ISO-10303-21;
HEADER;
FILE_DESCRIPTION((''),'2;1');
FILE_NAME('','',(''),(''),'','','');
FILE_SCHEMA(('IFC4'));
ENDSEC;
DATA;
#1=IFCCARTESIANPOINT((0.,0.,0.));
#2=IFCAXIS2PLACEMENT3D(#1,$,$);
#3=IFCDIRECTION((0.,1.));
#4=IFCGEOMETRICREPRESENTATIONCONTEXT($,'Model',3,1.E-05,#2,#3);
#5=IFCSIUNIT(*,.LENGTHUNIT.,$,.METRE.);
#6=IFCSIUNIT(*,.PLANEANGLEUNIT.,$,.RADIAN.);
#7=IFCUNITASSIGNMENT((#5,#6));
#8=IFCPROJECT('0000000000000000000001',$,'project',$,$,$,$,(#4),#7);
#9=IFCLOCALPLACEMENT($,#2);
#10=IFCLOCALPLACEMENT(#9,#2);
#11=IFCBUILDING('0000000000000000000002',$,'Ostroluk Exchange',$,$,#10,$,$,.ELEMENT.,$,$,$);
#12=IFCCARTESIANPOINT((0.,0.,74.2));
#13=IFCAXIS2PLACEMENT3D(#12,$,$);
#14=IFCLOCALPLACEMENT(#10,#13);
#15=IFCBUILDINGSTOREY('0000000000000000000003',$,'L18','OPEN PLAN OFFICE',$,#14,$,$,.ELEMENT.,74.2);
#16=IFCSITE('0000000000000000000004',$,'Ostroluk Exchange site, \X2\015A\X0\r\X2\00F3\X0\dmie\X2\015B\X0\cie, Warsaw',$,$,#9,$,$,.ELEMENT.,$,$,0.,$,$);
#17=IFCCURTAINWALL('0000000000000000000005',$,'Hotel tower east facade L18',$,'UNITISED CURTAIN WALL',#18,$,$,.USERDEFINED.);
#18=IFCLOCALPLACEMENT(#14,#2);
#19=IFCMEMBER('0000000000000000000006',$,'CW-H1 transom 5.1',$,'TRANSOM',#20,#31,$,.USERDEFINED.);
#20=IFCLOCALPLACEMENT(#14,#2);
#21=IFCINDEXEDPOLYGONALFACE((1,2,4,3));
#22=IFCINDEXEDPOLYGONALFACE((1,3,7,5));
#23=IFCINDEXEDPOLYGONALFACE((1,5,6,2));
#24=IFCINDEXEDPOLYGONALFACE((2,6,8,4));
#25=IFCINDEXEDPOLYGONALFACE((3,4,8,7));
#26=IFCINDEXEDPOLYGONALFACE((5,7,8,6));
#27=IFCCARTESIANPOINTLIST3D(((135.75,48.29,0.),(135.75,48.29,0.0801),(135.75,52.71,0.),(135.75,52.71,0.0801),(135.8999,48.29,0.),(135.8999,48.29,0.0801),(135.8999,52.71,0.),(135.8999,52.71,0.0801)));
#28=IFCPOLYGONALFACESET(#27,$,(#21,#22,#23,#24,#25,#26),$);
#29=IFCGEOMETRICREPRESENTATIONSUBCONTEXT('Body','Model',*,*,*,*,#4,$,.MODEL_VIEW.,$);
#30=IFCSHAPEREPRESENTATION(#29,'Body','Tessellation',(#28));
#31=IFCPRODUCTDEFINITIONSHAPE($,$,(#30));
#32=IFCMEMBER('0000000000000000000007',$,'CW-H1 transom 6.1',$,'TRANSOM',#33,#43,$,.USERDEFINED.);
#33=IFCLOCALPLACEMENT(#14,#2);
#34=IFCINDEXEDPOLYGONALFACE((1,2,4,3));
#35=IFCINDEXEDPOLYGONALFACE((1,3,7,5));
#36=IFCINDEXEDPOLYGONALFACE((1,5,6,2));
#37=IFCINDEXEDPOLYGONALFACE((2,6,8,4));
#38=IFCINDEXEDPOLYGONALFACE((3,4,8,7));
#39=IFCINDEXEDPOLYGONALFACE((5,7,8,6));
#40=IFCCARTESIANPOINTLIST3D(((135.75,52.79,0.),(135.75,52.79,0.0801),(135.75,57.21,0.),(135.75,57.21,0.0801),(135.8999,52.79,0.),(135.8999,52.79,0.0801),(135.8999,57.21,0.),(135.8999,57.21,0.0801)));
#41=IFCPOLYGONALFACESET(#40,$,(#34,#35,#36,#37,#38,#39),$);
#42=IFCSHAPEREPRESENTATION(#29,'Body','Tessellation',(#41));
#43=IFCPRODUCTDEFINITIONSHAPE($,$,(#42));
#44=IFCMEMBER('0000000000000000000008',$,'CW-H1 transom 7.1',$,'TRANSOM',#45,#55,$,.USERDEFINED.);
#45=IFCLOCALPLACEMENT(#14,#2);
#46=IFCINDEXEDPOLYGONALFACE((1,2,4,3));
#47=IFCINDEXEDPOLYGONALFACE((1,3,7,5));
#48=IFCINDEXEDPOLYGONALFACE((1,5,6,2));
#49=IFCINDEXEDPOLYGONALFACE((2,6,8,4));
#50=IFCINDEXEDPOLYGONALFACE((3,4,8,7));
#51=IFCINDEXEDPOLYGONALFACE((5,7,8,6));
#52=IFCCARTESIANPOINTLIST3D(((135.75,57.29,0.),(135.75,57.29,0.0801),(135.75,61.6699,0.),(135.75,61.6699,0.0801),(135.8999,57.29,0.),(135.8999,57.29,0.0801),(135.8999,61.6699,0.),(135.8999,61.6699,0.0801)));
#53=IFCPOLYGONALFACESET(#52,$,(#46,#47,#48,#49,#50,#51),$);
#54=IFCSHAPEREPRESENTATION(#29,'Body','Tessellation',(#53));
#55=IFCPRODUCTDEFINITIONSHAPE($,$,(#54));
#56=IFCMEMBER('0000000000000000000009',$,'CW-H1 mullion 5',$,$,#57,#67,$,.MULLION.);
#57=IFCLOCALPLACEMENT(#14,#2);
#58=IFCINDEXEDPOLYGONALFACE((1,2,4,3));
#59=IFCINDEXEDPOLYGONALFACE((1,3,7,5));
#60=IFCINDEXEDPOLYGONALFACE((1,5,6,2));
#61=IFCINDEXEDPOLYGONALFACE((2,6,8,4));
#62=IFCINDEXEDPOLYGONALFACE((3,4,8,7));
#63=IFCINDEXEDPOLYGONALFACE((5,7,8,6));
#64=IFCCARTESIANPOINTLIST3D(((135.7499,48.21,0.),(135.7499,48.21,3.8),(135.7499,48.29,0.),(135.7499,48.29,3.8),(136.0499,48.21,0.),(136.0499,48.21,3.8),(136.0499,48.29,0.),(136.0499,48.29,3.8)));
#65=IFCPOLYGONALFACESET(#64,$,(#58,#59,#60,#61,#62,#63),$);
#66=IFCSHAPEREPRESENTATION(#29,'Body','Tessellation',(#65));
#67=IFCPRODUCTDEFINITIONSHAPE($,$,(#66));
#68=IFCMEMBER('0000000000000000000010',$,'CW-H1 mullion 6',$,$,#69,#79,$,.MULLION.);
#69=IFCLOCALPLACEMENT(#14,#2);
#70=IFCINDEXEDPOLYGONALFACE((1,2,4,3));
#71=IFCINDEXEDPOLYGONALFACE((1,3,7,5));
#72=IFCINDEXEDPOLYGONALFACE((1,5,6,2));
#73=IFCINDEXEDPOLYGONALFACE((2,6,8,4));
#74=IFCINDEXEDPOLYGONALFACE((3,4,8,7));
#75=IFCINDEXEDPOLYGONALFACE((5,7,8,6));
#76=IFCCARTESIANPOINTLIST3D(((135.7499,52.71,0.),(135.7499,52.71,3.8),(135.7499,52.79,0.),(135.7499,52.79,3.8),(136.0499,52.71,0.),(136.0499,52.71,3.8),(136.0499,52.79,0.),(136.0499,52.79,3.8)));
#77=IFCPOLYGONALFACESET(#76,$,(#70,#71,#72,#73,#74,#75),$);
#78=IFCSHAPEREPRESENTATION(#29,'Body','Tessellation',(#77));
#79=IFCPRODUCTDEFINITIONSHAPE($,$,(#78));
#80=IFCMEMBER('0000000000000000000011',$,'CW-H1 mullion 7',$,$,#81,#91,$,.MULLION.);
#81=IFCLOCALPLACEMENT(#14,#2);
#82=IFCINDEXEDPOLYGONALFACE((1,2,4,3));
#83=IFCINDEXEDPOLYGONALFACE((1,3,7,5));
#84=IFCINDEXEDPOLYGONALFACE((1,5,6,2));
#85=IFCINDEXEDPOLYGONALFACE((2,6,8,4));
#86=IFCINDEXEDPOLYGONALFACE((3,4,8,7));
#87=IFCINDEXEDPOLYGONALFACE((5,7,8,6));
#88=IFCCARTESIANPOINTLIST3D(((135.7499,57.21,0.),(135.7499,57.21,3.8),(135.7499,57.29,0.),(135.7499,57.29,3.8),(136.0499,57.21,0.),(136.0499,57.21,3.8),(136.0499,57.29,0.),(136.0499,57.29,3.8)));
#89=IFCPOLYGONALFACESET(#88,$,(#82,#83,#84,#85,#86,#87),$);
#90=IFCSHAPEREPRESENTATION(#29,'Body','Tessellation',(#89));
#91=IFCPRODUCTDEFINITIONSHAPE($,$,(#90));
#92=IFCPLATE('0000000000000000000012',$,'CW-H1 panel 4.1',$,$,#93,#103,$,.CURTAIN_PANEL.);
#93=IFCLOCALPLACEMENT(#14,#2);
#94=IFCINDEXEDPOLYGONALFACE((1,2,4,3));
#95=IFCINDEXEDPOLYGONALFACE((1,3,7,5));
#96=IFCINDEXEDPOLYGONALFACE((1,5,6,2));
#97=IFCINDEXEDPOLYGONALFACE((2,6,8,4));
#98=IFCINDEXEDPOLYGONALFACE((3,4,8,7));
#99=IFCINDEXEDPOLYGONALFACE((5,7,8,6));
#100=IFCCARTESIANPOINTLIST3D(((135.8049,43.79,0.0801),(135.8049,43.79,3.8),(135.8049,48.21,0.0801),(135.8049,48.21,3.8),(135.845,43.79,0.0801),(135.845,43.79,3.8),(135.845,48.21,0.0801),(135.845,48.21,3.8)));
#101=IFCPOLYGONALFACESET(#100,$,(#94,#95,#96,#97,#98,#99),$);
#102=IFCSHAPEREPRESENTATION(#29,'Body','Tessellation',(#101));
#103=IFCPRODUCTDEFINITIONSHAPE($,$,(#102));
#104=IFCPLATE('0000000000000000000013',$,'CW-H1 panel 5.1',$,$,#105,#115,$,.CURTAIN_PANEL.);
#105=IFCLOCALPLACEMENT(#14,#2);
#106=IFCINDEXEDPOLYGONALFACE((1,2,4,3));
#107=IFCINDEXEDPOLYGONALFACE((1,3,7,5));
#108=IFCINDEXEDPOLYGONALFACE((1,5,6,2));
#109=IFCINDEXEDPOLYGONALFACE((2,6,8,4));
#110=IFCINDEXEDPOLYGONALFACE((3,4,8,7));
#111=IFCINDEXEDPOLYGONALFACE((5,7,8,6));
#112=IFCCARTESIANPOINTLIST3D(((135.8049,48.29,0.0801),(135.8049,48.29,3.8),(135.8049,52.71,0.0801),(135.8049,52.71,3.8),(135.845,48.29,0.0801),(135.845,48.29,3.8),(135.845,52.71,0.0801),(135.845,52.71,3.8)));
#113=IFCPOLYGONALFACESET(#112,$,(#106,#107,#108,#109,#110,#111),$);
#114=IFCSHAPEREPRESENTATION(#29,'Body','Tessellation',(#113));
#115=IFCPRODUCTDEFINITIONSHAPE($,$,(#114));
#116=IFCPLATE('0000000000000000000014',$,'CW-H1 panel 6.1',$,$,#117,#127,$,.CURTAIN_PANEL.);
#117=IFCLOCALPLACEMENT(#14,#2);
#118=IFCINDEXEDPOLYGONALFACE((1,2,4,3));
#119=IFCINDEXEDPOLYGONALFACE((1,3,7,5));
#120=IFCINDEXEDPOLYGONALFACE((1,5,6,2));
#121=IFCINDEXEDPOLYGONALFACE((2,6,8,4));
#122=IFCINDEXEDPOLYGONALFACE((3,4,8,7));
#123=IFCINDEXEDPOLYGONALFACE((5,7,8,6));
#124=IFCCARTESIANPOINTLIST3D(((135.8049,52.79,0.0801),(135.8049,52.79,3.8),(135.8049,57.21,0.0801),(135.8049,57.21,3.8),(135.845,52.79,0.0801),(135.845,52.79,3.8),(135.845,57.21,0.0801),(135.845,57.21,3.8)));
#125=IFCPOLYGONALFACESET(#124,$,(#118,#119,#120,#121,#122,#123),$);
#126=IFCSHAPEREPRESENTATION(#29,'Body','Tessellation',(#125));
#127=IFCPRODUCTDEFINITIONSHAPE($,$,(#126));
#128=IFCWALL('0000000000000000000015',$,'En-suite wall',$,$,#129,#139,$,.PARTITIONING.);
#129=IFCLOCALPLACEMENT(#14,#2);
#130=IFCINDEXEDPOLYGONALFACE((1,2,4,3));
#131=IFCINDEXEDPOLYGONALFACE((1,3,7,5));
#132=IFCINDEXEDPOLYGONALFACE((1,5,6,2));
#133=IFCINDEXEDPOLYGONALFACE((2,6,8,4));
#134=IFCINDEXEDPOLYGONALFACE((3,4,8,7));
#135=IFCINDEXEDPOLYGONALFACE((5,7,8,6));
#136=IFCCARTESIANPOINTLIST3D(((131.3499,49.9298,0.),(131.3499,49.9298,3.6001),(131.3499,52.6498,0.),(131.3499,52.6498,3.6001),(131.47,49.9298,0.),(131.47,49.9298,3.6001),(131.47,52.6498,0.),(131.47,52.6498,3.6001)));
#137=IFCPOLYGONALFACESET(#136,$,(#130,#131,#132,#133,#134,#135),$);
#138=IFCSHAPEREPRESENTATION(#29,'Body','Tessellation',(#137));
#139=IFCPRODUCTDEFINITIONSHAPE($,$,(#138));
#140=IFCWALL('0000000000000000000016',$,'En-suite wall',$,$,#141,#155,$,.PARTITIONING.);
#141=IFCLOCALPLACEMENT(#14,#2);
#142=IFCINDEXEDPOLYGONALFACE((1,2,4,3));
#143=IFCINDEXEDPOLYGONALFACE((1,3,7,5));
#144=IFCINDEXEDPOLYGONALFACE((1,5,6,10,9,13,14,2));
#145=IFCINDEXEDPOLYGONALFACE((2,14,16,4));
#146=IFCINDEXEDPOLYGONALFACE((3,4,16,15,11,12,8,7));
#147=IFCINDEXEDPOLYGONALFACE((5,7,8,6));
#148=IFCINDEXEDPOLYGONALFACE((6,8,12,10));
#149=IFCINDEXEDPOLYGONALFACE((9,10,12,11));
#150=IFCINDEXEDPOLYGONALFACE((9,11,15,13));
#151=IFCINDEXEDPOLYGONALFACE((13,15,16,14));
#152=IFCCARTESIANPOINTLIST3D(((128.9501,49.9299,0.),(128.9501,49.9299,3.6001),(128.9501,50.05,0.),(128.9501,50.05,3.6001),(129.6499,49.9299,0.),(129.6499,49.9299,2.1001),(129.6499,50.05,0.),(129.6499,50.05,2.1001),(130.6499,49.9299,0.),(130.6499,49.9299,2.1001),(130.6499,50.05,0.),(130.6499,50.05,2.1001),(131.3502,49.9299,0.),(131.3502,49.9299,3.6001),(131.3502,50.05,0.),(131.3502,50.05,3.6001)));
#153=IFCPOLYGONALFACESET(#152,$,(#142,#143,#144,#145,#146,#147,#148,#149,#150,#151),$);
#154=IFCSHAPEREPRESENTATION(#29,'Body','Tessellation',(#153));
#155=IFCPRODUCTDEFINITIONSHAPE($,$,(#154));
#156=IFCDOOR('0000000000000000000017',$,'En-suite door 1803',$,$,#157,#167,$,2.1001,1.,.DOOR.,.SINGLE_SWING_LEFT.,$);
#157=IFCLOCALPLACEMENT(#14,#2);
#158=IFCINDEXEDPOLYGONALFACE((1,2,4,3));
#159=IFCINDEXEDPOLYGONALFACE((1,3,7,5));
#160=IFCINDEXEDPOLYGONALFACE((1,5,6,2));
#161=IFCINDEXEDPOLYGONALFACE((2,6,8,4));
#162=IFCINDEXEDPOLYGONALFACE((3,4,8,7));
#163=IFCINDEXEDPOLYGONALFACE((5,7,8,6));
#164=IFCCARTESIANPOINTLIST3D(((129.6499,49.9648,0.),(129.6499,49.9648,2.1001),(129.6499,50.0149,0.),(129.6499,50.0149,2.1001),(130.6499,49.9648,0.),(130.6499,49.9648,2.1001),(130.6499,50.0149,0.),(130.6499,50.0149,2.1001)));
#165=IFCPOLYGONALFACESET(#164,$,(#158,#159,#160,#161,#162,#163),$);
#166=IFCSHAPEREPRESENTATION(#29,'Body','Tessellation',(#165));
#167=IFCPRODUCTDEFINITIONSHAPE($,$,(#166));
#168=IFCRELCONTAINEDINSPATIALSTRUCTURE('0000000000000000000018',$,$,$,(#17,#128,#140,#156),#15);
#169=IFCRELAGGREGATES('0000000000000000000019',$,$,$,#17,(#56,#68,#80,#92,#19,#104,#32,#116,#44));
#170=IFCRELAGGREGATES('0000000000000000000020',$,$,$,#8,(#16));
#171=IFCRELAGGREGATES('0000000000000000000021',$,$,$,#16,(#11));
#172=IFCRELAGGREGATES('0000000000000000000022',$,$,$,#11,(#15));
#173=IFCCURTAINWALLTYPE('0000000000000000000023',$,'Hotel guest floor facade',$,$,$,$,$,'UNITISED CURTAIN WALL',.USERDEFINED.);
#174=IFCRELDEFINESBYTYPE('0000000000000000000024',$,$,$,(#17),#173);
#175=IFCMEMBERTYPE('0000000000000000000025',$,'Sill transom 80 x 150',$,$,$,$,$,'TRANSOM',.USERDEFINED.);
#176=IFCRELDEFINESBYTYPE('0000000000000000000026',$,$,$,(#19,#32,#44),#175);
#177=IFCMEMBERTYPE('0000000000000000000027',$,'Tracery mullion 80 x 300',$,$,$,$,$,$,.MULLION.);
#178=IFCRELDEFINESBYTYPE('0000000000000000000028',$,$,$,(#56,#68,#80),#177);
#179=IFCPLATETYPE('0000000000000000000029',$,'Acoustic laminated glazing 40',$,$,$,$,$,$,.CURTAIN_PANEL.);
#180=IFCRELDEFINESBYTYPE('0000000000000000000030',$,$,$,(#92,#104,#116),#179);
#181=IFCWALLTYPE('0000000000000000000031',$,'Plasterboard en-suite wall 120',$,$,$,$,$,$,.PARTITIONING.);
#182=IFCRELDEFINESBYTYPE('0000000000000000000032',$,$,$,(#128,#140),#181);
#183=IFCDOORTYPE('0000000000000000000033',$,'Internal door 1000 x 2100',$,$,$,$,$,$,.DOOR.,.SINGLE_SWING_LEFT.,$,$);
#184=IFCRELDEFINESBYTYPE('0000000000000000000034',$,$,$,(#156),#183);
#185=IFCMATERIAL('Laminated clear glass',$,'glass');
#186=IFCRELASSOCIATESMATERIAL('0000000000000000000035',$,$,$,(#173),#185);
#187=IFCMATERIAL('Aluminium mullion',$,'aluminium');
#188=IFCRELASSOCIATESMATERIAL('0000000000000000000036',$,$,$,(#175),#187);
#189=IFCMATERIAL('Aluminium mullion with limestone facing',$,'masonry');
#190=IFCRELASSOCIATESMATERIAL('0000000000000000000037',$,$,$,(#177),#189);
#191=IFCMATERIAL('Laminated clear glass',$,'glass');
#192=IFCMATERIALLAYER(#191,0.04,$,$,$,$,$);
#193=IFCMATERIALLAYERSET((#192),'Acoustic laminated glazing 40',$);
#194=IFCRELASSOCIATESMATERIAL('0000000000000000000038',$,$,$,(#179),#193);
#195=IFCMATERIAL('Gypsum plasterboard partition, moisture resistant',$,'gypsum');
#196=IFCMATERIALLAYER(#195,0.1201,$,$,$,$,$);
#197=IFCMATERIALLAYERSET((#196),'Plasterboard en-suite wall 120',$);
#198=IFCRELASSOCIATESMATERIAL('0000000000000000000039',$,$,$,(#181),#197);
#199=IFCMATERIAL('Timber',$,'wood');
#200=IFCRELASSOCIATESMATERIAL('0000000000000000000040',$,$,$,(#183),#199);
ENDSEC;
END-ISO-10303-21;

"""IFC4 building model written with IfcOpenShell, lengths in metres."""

from ifc_helpers import new_model, si_unit, direction, frame, frame_2d, origin, origin_2d, place, context, subcontext, project, spatial, rectangle, extrude, material, layer, layer_set, material_profile, profile_set, type_object, element, fill, aggregate, save


model = new_model("IFC4")

# Units and contexts
model_context = context("Model", 3, precision=1e-05, world=origin(), true_north=direction((0.0, 1.0)))
body_context = subcontext(model_context, "Body", "Model", "MODEL_VIEW")
ifc_project = project(units=[si_unit("LENGTHUNIT", "METRE"), si_unit("PLANEANGLEUNIT", "RADIAN")], contexts=[model_context])

# Site, building, storey
site_placement = place(None, origin())
site = spatial("IfcSite", under=ifc_project, at=site_placement, Name="Ostroluk Exchange site, Śródmieście, Warsaw", CompositionType="ELEMENT", RefElevation=0.0)
building_placement = place(site_placement, origin())
building = spatial("IfcBuilding", under=site, at=building_placement, Name="Ostroluk Exchange", CompositionType="ELEMENT")
storey_placement = place(building_placement, frame((0.0, 0.0, 74.2)))
storey = spatial("IfcBuildingStorey", under=building, at=storey_placement, Name="L18", Description="OPEN PLAN OFFICE", CompositionType="ELEMENT", Elevation=74.2)

# Curtain wall, members, plates
ifc_material_1 = material(Name="Laminated clear glass", Category="glass")
curtain_wall_type = type_object("IfcCurtainWallType", Name="Hotel guest floor facade", ElementType="UNITISED CURTAIN WALL", PredefinedType="USERDEFINED", material=ifc_material_1)
curtain_wall_placement = place(storey_placement, origin())
curtain_wall = element("IfcCurtainWall", 1, at=curtain_wall_placement, inside=storey, type_object=curtain_wall_type, Name="Hotel tower east facade L18", ObjectType="UNITISED CURTAIN WALL", PredefinedType="USERDEFINED")
ifc_material_2 = material(Name="Aluminium mullion", Category="aluminium")
ifc_material_profile_1 = material_profile(ifc_material_2, rectangle(XDim=0.1499, YDim=0.0801, at=origin_2d()), Name="Sill transom 80 x 150")
ifc_profile_set_1 = profile_set([ifc_material_profile_1], Name="Aluminium mullion")
member_type_1 = type_object("IfcMemberType", Name="Sill transom 80 x 150", ElementType="TRANSOM", PredefinedType="USERDEFINED", material=ifc_profile_set_1)
member_1_placement = place(storey_placement, frame((135.825, 48.29, 0.04), z_axis=(0.0, 1.0, 0.0), x_axis=(-1.0, 0.0, 0.0)))
member_1 = element("IfcMember", 2, at=member_1_placement, type_object=member_type_1, Name="CW-H1 transom 5.1", ObjectType="TRANSOM", PredefinedType="USERDEFINED", context=body_context, shape_type="SweptSolid", body=[
    extrude(rectangle(XDim=0.1499, YDim=0.0801, at=origin_2d()), origin(), (0.0, 0.0, 1.0), 4.4199),
])
member_2_placement = place(storey_placement, frame((135.825, 52.79, 0.04), z_axis=(0.0, 1.0, 0.0), x_axis=(-1.0, 0.0, 0.0)))
member_2 = element("IfcMember", 3, at=member_2_placement, type_object=member_type_1, Name="CW-H1 transom 6.1", ObjectType="TRANSOM", PredefinedType="USERDEFINED", context=body_context, shape_type="SweptSolid", body=[
    extrude(rectangle(XDim=0.1499, YDim=0.0801, at=origin_2d()), origin(), (0.0, 0.0, 1.0), 4.4199),
])
member_3_placement = place(storey_placement, frame((135.825, 57.29, 0.04), z_axis=(0.0, 1.0, 0.0), x_axis=(-1.0, 0.0, 0.0)))
member_3 = element("IfcMember", 4, at=member_3_placement, type_object=member_type_1, Name="CW-H1 transom 7.1", ObjectType="TRANSOM", PredefinedType="USERDEFINED", context=body_context, shape_type="SweptSolid", body=[
    extrude(rectangle(XDim=0.1499, YDim=0.0801, at=origin_2d()), origin(), (0.0, 0.0, 1.0), 4.3799),
])
ifc_material_3 = material(Name="Aluminium mullion with limestone facing", Category="masonry")
ifc_material_profile_2 = material_profile(ifc_material_3, rectangle(XDim=0.3, YDim=0.0801, at=origin_2d()), Name="Tracery mullion 80 x 300")
ifc_profile_set_2 = profile_set([ifc_material_profile_2], Name="Aluminium mullion with limestone facing")
member_type_2 = type_object("IfcMemberType", Name="Tracery mullion 80 x 300", PredefinedType="MULLION", material=ifc_profile_set_2)
member_4_placement = place(storey_placement, frame((135.8999, 48.25, 0.0), z_axis=(0.0, 0.0, 1.0), x_axis=(-1.0, 0.0, 0.0)))
member_4 = element("IfcMember", 5, at=member_4_placement, type_object=member_type_2, Name="CW-H1 mullion 5", PredefinedType="MULLION", context=body_context, shape_type="SweptSolid", body=[
    extrude(rectangle(XDim=0.3, YDim=0.0801, at=origin_2d()), origin(), (0.0, 0.0, 1.0), 3.8),
])
member_5_placement = place(storey_placement, frame((135.8999, 52.75, 0.0), z_axis=(0.0, 0.0, 1.0), x_axis=(-1.0, 0.0, 0.0)))
member_5 = element("IfcMember", 6, at=member_5_placement, type_object=member_type_2, Name="CW-H1 mullion 6", PredefinedType="MULLION", context=body_context, shape_type="SweptSolid", body=[
    extrude(rectangle(XDim=0.3, YDim=0.0801, at=origin_2d()), origin(), (0.0, 0.0, 1.0), 3.8),
])
member_6_placement = place(storey_placement, frame((135.8999, 57.25, 0.0), z_axis=(0.0, 0.0, 1.0), x_axis=(-1.0, 0.0, 0.0)))
member_6 = element("IfcMember", 7, at=member_6_placement, type_object=member_type_2, Name="CW-H1 mullion 7", PredefinedType="MULLION", context=body_context, shape_type="SweptSolid", body=[
    extrude(rectangle(XDim=0.3, YDim=0.0801, at=origin_2d()), origin(), (0.0, 0.0, 1.0), 3.8),
])
ifc_material_4 = material(Name="Laminated clear glass", Category="glass")
ifc_layer_1 = layer(ifc_material_4, 0.04)
ifc_layer_set_1 = layer_set([ifc_layer_1], Name="Acoustic laminated glazing 40")
plate_type = type_object("IfcPlateType", Name="Acoustic laminated glazing 40", PredefinedType="CURTAIN_PANEL", material=ifc_layer_set_1)
plate_1_placement = place(storey_placement, frame((135.825, 46.0, 0.0801), z_axis=(0.0, 0.0, 1.0), x_axis=(0.0, 1.0, 0.0)))
plate_1 = element("IfcPlate", 8, at=plate_1_placement, type_object=plate_type, Name="CW-H1 panel 4.1", PredefinedType="CURTAIN_PANEL", context=body_context, shape_type="SweptSolid", body=[
    extrude(rectangle(XDim=4.4199, YDim=0.04, at=origin_2d()), origin(), (0.0, 0.0, 1.0), 3.72),
])
plate_2_placement = place(storey_placement, frame((135.825, 50.5, 0.0801), z_axis=(0.0, 0.0, 1.0), x_axis=(0.0, 1.0, 0.0)))
plate_2 = element("IfcPlate", 9, at=plate_2_placement, type_object=plate_type, Name="CW-H1 panel 5.1", PredefinedType="CURTAIN_PANEL", context=body_context, shape_type="SweptSolid", body=[
    extrude(rectangle(XDim=4.4199, YDim=0.04, at=origin_2d()), origin(), (0.0, 0.0, 1.0), 3.72),
])
plate_3_placement = place(storey_placement, frame((135.825, 55.0, 0.0801), z_axis=(0.0, 0.0, 1.0), x_axis=(0.0, 1.0, 0.0)))
plate_3 = element("IfcPlate", 10, at=plate_3_placement, type_object=plate_type, Name="CW-H1 panel 6.1", PredefinedType="CURTAIN_PANEL", context=body_context, shape_type="SweptSolid", body=[
    extrude(rectangle(XDim=4.4199, YDim=0.04, at=origin_2d()), origin(), (0.0, 0.0, 1.0), 3.72),
])
aggregate(curtain_wall, [member_4, member_5, member_6, plate_1, member_1, plate_2, member_2, plate_3, member_3])

# Wall
ifc_material_5 = material(Name="Gypsum plasterboard partition, moisture resistant", Category="gypsum")
ifc_layer_2 = layer(ifc_material_5, 0.1201)
ifc_layer_set_2 = layer_set([ifc_layer_2], Name="Plasterboard en-suite wall 120")
wall_type_1 = type_object("IfcWallType", Name="Plasterboard en-suite wall 120", PredefinedType="PARTITIONING", material=ifc_layer_set_2)
wall_1_placement = place(storey_placement, frame((131.4099, 49.9299, 0.0), z_axis=(0.0, 0.0, 1.0), x_axis=(0.0, 1.0, 0.0)))
element("IfcWall", 11, at=wall_1_placement, inside=storey, type_object=wall_type_1, Name="En-suite wall", PredefinedType="PARTITIONING", context=body_context, shape_type="SweptSolid", body=[
    extrude(rectangle(XDim=2.72, YDim=0.1201, at=frame_2d((1.3599, 0.0))), origin(), (0.0, 0.0, 1.0), 3.6001),
])

# Wall, opening, door
wall_2_placement = place(storey_placement, frame((128.95, 49.99, 0.0), z_axis=(0.0, 0.0, 1.0), x_axis=(1.0, 0.0, 0.0)))
wall_2 = element("IfcWall", 12, at=wall_2_placement, inside=storey, type_object=wall_type_1, Name="En-suite wall", PredefinedType="PARTITIONING", context=body_context, shape_type="SweptSolid", body=[
    extrude(rectangle(XDim=2.4001, YDim=0.1201, at=frame_2d((1.2002, 0.0))), origin(), (0.0, 0.0, 1.0), 3.6001),
])
opening_1_placement = place(wall_2_placement, frame((0.7, 0.0, 0.0)))
opening_1 = element("IfcOpeningElement", 13, at=opening_1_placement, cuts=wall_2, PredefinedType="OPENING", context=body_context, shape_type="SweptSolid", body=[
    extrude(rectangle(XDim=1.0, YDim=2.1001, at=frame_2d((0.5, 1.05))), frame((0.0, 0.0701, 0.0), z_axis=(0.0, -1.0, 0.0), x_axis=(1.0, 0.0, 0.0)), (0.0, 0.0, 1.0), 0.1401),
])
ifc_material_6 = material(Name="Timber", Category="wood")
door_type_1 = type_object("IfcDoorType", Name="Internal door 1000 x 2100", OperationType="SINGLE_SWING_LEFT", PredefinedType="DOOR", material=ifc_material_6)
door_1_placement = place(opening_1_placement, origin())
door_1 = element("IfcDoor", 14, at=door_1_placement, inside=storey, type_object=door_type_1, Name="En-suite door 1803", OperationType="SINGLE_SWING_LEFT", OverallHeight=2.1001, OverallWidth=1.0, PredefinedType="DOOR", context=body_context, shape_type="SweptSolid", body=[
    extrude(rectangle(XDim=1.0, YDim=2.1001, at=frame_2d((0.5, 1.05))), frame((0.0, 0.0249, 0.0), z_axis=(0.0, -1.0, 0.0), x_axis=(1.0, 0.0, 0.0)), (0.0, 0.0, 1.0), 0.05),
])
fill(opening_1, door_1)

save(model, "model.ifc")
